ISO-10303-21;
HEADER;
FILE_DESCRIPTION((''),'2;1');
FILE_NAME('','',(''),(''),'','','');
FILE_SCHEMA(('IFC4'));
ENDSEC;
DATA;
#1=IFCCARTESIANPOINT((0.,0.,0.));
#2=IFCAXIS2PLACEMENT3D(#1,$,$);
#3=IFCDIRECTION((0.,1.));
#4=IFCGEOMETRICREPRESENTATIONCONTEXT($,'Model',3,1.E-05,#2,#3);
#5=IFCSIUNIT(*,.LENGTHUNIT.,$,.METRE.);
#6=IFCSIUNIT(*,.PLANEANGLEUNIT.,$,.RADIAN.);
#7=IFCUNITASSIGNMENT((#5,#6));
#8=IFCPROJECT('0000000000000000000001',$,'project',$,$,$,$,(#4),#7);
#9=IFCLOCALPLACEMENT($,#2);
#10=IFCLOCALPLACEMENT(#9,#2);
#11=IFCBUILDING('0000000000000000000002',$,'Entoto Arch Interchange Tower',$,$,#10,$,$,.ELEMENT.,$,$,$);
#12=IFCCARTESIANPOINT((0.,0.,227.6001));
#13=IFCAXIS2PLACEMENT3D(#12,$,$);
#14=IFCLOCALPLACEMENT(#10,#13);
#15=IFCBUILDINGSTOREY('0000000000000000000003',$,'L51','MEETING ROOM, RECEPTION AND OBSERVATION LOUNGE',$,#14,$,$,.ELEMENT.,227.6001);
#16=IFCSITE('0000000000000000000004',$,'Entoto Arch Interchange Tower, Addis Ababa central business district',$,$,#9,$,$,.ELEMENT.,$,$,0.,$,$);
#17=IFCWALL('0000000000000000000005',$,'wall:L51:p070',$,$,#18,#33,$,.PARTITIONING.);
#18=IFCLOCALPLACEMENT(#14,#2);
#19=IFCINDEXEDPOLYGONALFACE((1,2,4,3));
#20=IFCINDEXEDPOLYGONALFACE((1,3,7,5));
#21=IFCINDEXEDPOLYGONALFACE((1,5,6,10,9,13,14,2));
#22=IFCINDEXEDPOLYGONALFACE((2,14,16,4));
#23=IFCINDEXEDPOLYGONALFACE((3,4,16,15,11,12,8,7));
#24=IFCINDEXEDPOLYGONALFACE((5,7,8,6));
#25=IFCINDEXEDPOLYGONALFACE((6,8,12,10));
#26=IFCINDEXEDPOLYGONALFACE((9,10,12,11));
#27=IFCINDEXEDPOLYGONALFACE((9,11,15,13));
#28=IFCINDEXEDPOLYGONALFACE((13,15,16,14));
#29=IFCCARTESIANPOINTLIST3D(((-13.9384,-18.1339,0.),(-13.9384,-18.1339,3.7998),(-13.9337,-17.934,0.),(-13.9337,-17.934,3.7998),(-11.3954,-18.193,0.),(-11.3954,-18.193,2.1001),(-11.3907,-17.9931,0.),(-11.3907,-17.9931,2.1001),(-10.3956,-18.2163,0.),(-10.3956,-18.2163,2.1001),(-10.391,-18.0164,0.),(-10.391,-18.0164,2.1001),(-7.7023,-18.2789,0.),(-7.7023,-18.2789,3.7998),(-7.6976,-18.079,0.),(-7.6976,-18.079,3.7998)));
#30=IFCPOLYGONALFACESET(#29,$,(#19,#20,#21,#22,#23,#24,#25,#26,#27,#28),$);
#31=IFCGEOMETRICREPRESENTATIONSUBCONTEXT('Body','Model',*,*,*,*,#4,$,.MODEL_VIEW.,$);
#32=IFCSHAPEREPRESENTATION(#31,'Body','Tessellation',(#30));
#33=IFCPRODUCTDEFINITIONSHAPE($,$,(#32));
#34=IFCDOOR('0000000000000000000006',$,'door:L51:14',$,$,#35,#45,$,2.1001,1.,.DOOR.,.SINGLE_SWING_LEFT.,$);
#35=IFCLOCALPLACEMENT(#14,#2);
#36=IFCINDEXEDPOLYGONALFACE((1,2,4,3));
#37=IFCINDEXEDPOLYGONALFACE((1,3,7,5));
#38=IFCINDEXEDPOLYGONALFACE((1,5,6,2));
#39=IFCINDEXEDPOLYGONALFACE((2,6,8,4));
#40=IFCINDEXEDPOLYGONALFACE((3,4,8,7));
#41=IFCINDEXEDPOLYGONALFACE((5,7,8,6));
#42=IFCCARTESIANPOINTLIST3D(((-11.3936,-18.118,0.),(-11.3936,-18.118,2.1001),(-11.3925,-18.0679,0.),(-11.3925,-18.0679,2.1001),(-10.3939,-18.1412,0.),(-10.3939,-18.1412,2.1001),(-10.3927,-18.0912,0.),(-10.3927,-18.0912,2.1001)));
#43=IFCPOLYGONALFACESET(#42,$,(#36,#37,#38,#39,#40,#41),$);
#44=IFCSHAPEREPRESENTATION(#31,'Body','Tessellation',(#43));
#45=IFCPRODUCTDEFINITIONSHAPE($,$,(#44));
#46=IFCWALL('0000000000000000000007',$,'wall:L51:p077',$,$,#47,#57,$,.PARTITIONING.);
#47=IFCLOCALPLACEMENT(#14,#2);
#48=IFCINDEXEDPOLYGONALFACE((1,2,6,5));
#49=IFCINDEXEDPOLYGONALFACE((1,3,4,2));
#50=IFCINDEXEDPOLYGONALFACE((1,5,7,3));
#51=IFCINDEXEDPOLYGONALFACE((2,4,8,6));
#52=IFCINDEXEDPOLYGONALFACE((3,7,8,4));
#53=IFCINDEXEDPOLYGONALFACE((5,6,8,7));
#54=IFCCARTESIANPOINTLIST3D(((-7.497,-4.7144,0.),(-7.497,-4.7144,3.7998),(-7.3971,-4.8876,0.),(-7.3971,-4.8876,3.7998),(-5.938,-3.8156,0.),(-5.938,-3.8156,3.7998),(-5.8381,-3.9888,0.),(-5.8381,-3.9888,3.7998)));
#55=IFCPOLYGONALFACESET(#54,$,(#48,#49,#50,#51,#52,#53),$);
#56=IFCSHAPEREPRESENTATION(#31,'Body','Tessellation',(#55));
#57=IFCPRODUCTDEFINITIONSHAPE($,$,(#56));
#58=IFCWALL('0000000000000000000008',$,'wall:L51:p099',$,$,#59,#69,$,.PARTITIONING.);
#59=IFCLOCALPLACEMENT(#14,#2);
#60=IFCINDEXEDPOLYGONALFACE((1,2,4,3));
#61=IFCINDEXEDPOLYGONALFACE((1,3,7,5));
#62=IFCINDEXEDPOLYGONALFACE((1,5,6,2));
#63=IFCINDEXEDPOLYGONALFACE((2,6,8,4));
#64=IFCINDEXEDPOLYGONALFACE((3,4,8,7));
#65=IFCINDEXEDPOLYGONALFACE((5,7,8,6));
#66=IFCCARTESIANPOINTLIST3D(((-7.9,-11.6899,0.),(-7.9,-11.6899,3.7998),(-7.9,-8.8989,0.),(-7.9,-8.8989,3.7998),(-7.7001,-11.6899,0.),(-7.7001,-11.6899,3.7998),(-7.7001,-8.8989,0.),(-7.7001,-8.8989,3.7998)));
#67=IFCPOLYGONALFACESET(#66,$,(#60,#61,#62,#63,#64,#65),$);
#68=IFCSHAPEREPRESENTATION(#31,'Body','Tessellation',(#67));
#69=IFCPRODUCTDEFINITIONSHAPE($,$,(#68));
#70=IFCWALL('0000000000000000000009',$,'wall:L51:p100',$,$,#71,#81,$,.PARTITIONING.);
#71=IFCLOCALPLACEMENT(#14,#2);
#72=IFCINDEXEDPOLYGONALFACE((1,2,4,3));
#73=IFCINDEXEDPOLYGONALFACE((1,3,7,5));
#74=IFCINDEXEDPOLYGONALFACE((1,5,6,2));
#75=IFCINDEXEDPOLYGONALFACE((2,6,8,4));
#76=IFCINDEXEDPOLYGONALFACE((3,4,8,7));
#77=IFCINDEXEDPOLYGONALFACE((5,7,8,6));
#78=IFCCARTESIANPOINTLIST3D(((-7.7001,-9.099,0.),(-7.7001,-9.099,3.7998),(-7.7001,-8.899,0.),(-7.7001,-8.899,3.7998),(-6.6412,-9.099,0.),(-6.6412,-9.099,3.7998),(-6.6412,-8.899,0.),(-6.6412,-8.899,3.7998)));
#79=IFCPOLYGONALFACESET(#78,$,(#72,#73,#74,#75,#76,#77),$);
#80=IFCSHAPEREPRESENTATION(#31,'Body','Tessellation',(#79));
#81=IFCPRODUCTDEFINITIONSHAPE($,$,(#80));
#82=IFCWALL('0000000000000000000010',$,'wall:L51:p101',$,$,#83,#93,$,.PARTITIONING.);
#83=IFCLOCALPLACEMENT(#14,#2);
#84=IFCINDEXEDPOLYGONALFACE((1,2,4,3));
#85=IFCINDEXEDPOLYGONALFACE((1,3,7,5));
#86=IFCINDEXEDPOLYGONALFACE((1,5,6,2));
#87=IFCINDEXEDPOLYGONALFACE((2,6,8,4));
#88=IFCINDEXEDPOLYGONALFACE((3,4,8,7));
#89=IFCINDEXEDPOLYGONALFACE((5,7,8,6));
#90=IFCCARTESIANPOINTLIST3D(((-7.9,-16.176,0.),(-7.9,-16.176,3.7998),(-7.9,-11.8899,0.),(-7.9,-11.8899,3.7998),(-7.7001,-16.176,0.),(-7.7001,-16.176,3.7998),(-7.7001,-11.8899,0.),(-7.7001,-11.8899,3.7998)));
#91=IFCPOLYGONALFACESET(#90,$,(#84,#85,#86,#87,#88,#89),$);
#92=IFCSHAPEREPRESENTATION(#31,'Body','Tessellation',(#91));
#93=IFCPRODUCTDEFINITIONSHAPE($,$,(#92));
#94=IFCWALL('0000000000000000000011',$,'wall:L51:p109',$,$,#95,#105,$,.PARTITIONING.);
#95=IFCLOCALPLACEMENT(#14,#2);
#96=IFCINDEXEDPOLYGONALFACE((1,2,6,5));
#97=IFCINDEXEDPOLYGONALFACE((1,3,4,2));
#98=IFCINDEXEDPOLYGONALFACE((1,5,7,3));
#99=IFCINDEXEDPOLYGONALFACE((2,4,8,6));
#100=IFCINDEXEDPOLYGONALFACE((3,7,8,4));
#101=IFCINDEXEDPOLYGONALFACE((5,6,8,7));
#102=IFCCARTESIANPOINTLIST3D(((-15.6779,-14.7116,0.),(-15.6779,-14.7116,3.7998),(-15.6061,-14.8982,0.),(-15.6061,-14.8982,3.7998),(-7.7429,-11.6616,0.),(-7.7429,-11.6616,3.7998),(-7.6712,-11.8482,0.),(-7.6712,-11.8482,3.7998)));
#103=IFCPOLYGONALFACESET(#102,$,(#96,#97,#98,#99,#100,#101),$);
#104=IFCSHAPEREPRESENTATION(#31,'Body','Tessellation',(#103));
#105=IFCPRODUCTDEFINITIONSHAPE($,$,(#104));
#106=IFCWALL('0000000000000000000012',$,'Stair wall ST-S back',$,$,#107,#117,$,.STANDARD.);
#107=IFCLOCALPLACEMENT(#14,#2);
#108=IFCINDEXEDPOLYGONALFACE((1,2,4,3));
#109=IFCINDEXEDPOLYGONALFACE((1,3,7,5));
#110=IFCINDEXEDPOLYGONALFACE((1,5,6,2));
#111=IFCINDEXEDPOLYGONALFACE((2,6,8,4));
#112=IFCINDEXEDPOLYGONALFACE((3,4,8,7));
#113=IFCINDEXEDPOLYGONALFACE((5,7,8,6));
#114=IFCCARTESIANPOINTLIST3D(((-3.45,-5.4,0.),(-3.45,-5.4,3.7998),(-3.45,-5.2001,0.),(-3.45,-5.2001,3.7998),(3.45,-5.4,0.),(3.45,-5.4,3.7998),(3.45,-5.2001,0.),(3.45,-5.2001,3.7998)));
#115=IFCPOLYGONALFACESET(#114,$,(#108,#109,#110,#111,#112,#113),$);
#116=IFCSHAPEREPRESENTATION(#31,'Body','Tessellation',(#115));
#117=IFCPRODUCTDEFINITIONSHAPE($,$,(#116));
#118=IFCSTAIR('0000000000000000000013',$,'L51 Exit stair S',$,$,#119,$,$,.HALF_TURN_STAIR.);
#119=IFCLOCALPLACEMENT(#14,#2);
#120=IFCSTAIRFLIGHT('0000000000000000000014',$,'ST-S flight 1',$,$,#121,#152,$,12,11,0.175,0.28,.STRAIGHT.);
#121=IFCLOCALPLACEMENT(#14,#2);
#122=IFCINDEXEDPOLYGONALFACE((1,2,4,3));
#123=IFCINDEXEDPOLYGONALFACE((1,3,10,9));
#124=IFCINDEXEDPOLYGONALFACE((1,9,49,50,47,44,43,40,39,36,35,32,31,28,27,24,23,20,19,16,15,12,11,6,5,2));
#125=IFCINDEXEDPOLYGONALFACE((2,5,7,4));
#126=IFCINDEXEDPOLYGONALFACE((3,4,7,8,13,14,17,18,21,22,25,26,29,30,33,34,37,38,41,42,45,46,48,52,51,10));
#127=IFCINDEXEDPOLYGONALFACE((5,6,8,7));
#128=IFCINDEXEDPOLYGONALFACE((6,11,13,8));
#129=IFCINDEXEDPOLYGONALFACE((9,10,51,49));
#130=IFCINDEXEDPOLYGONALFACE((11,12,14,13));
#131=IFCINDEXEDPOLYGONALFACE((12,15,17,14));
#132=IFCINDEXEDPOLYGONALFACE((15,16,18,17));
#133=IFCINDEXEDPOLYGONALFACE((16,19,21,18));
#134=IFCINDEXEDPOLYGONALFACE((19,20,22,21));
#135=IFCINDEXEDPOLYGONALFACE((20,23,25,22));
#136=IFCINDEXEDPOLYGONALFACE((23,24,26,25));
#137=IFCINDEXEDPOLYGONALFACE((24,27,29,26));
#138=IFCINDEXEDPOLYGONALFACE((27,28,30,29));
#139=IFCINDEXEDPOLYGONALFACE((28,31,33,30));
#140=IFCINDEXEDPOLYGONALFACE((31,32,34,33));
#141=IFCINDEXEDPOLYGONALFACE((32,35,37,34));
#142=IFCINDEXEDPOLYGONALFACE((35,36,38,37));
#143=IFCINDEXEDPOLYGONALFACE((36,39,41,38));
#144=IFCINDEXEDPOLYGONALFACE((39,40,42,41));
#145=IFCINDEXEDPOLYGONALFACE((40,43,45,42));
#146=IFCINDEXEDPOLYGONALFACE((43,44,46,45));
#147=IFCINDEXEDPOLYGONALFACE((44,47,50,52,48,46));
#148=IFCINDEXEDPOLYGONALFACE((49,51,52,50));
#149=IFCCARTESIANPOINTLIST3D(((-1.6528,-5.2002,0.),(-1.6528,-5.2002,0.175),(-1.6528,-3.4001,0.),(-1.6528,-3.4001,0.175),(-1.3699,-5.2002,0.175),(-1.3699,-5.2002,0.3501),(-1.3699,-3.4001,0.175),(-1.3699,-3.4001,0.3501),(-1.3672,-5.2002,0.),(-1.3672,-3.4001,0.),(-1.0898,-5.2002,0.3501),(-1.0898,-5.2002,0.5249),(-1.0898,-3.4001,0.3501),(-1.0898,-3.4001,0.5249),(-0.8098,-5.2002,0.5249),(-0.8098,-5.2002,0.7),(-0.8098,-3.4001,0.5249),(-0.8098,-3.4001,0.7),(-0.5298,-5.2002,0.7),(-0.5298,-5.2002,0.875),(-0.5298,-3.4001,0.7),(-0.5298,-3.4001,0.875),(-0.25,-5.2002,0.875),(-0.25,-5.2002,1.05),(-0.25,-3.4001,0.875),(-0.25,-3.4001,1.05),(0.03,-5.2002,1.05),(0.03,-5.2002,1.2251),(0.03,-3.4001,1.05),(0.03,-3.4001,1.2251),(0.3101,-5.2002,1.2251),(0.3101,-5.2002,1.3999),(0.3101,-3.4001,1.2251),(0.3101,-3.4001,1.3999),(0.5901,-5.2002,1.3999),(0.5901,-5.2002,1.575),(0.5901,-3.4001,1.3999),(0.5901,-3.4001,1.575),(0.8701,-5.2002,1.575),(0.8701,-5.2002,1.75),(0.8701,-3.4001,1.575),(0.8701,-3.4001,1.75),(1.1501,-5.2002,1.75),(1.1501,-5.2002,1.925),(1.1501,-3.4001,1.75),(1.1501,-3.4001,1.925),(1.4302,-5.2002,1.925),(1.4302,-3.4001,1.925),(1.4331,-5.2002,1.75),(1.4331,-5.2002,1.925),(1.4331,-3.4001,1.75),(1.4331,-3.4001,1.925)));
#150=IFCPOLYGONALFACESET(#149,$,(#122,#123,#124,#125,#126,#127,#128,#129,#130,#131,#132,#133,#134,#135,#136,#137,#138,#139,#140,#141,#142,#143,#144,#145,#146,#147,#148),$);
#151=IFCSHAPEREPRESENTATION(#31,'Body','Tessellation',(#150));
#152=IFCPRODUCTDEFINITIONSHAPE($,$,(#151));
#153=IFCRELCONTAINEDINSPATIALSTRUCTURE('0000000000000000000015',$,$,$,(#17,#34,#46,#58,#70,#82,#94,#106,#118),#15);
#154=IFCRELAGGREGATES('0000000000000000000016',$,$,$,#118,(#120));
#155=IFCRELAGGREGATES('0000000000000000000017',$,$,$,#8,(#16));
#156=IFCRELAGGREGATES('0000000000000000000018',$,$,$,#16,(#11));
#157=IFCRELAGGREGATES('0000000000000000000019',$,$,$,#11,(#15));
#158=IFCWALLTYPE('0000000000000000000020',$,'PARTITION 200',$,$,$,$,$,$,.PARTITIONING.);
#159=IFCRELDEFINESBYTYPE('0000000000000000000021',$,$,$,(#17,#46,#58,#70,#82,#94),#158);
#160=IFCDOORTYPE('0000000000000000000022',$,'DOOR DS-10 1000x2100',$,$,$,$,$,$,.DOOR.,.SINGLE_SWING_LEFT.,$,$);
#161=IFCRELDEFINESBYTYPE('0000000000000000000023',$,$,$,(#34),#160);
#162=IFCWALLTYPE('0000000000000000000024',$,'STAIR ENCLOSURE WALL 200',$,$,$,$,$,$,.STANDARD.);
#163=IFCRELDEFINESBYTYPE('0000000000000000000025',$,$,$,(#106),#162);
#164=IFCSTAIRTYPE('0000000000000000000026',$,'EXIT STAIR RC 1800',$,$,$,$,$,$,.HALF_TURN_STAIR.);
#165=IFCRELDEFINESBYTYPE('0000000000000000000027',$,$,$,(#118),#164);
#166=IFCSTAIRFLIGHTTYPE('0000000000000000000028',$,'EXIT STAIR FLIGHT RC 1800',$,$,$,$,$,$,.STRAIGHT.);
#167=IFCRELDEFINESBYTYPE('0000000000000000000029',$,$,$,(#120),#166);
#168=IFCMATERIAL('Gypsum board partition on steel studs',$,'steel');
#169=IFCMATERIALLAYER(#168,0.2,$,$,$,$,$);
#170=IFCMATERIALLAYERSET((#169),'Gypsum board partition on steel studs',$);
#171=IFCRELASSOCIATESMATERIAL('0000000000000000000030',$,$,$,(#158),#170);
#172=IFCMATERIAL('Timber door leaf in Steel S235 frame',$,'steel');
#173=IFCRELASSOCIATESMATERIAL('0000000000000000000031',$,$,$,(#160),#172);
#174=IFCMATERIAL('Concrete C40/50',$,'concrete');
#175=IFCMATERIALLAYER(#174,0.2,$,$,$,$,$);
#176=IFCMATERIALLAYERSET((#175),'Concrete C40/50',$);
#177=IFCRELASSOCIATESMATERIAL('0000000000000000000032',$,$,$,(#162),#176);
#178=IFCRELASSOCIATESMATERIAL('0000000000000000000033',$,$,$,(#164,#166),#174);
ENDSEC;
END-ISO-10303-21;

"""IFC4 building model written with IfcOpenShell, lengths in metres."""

from ifc_helpers import new_model, si_unit, direction, frame, frame_2d, origin, place, context, subcontext, project, spatial, polyline, rectangle, outline, extrude, material, layer, layer_set, type_object, element, fill, aggregate, save


model = new_model("IFC4")

# Units and contexts
model_context = context("Model", 3, precision=1e-05, world=origin(), true_north=direction((0.0, 1.0)))
body_context = subcontext(model_context, "Body", "Model", "MODEL_VIEW")
ifc_project = project(units=[si_unit("LENGTHUNIT", "METRE"), si_unit("PLANEANGLEUNIT", "RADIAN")], contexts=[model_context])

# Site, building, storey
site_placement = place(None, origin())
site = spatial("IfcSite", under=ifc_project, at=site_placement, Name="Entoto Arch Interchange Tower, Addis Ababa central business district", CompositionType="ELEMENT", RefElevation=0.0)
building_placement = place(site_placement, origin())
building = spatial("IfcBuilding", under=site, at=building_placement, Name="Entoto Arch Interchange Tower", CompositionType="ELEMENT")
storey_placement = place(building_placement, frame((0.0, 0.0, 227.6001)))
storey = spatial("IfcBuildingStorey", under=building, at=storey_placement, Name="L51", Description="MEETING ROOM, RECEPTION AND OBSERVATION LOUNGE", CompositionType="ELEMENT", Elevation=227.6001)

# Wall, opening, door
ifc_material_1 = material(Name="Gypsum board partition on steel studs", Category="steel")
ifc_layer_1 = layer(ifc_material_1, 0.2)
ifc_layer_set_1 = layer_set([ifc_layer_1], Name="Gypsum board partition on steel studs")
wall_type_1 = type_object("IfcWallType", Name="PARTITION 200", PredefinedType="PARTITIONING", material=ifc_layer_set_1)
wall_1_placement = place(storey_placement, frame((-7.7, -18.179, 0.0), z_axis=(0.0, 0.0, 1.0), x_axis=(-0.99973, 0.023249, 0.0)))
wall_1 = element("IfcWall", 1, at=wall_1_placement, inside=storey, type_object=wall_type_1, Name="wall:L51:p070", PredefinedType="PARTITIONING", context=body_context, shape_type="SweptSolid", body=[
    extrude(rectangle(XDim=6.2378, YDim=0.2, at=frame_2d((3.1189, 0.0))), origin(), (0.0, 0.0, 1.0), 3.7998),
])
opening_placement = place(wall_1_placement, frame((2.6941, 0.0, 0.0)))
opening = element("IfcOpeningElement", 2, at=opening_placement, cuts=wall_1, PredefinedType="OPENING", context=body_context, shape_type="SweptSolid", body=[
    extrude(rectangle(XDim=1.0, YDim=2.1001, at=frame_2d((0.5, 1.05))), frame((0.0, 0.1099, 0.0), z_axis=(0.0, -1.0, 0.0), x_axis=(1.0, 0.0, 0.0)), (0.0, 0.0, 1.0), 0.22),
])
ifc_material_2 = material(Name="Timber door leaf in Steel S235 frame", Category="steel")
door_type = type_object("IfcDoorType", Name="DOOR DS-10 1000x2100", OperationType="SINGLE_SWING_LEFT", PredefinedType="DOOR", material=ifc_material_2)
door_placement = place(opening_placement, origin())
door = element("IfcDoor", 3, at=door_placement, inside=storey, type_object=door_type, Name="door:L51:14", OperationType="SINGLE_SWING_LEFT", OverallHeight=2.1001, OverallWidth=1.0, PredefinedType="DOOR", context=body_context, shape_type="SweptSolid", body=[
    extrude(rectangle(XDim=1.0, YDim=2.1001, at=frame_2d((0.5, 1.05))), frame((0.0, 0.0249, 0.0), z_axis=(0.0, -1.0, 0.0), x_axis=(1.0, 0.0, 0.0)), (0.0, 0.0, 1.0), 0.05),
])
fill(opening, door)

# Walls
wall_2_placement = place(storey_placement, frame((-5.8879, -3.9021, 0.0), z_axis=(0.0, 0.0, 1.0), x_axis=(-0.866317, -0.499495, 0.0)))
element("IfcWall", 4, at=wall_2_placement, inside=storey, type_object=wall_type_1, Name="wall:L51:p077", PredefinedType="PARTITIONING", context=body_context, shape_type="SweptSolid", body=[
    extrude(rectangle(XDim=1.7996, YDim=0.2, at=frame_2d((0.8999, 0.0))), origin(), (0.0, 0.0, 1.0), 3.7998),
])
wall_3_placement = place(storey_placement, frame((-7.8, -11.6899, 0.0), z_axis=(0.0, 0.0, 1.0), x_axis=(0.0, 1.0, 0.0)))
element("IfcWall", 5, at=wall_3_placement, inside=storey, type_object=wall_type_1, Name="wall:L51:p099", PredefinedType="PARTITIONING", context=body_context, shape_type="SweptSolid", body=[
    extrude(rectangle(XDim=2.791, YDim=0.2, at=frame_2d((1.3955, 0.0))), origin(), (0.0, 0.0, 1.0), 3.7998),
])
wall_4_placement = place(storey_placement, frame((-7.7, -8.999, 0.0), z_axis=(0.0, 0.0, 1.0), x_axis=(1.0, 0.0, 0.0)))
element("IfcWall", 6, at=wall_4_placement, inside=storey, type_object=wall_type_1, Name="wall:L51:p100", PredefinedType="PARTITIONING", context=body_context, shape_type="SweptSolid", body=[
    extrude(rectangle(XDim=1.0588, YDim=0.2, at=frame_2d((0.5293, 0.0))), origin(), (0.0, 0.0, 1.0), 3.7998),
])
wall_5_placement = place(storey_placement, frame((-7.8, -16.176, 0.0), z_axis=(0.0, 0.0, 1.0), x_axis=(0.0, 1.0, 0.0)))
element("IfcWall", 7, at=wall_5_placement, inside=storey, type_object=wall_type_1, Name="wall:L51:p101", PredefinedType="PARTITIONING", context=body_context, shape_type="SweptSolid", body=[
    extrude(rectangle(XDim=4.2861, YDim=0.2, at=frame_2d((2.1431, 0.0))), origin(), (0.0, 0.0, 1.0), 3.7998),
])
wall_6_placement = place(storey_placement, frame((-7.707, -11.7549, 0.0), z_axis=(0.0, 0.0, 1.0), x_axis=(-0.93342, -0.358785, 0.0)))
element("IfcWall", 8, at=wall_6_placement, inside=storey, type_object=wall_type_1, Name="wall:L51:p109", PredefinedType="PARTITIONING", context=body_context, shape_type="SweptSolid", body=[
    extrude(rectangle(XDim=8.501, YDim=0.2, at=frame_2d((4.2505, 0.0))), origin(), (0.0, 0.0, 1.0), 3.7998),
])
ifc_material_3 = material(Name="Concrete C40/50", Category="concrete")
ifc_layer_2 = layer(ifc_material_3, 0.2)
ifc_layer_set_2 = layer_set([ifc_layer_2], Name="Concrete C40/50")
wall_type_2 = type_object("IfcWallType", Name="STAIR ENCLOSURE WALL 200", PredefinedType="STANDARD", material=ifc_layer_set_2)
wall_7_placement = place(storey_placement, frame((-3.45, -5.3, 0.0), z_axis=(0.0, 0.0, 1.0), x_axis=(1.0, 0.0, 0.0)))
element("IfcWall", 9, at=wall_7_placement, inside=storey, type_object=wall_type_2, Name="Stair wall ST-S back", PredefinedType="STANDARD", context=body_context, shape_type="SweptSolid", body=[
    extrude(rectangle(XDim=6.8999, YDim=0.2, at=frame_2d((3.45, 0.0))), origin(), (0.0, 0.0, 1.0), 3.7998),
])

# Stair, stair flight
stair_type = type_object("IfcStairType", Name="EXIT STAIR RC 1800", PredefinedType="HALF_TURN_STAIR", material=ifc_material_3)
stair_placement = place(storey_placement, origin())
stair = element("IfcStair", 10, at=stair_placement, inside=storey, type_object=stair_type, Name="L51 Exit stair S", PredefinedType="HALF_TURN_STAIR")
stair_flight_type = type_object("IfcStairFlightType", Name="EXIT STAIR FLIGHT RC 1800", PredefinedType="STRAIGHT", material=ifc_material_3)
stair_flight_placement = place(storey_placement, frame((-1.6499, -4.3, 0.0), z_axis=(0.0, 0.0, 1.0), x_axis=(1.0, 0.0, 0.0)))
stair_flight = element("IfcStairFlight", 11, at=stair_flight_placement, type_object=stair_flight_type, Name="ST-S flight 1", NumberOfRisers=12, NumberOfTreads=11, PredefinedType="STRAIGHT", RiserHeight=0.175, TreadLength=0.28, context=body_context, shape_type="SweptSolid", body=[
    extrude(outline(polyline([(-0.0029, 0.0), (-0.0029, 0.175), (0.28, 0.175), (0.28, 0.3501), (0.5601, 0.3501), (0.5601, 0.5249), (0.8401, 0.5249), (0.8401, 0.7), (1.1201, 0.7), (1.1201, 0.875), (1.3999, 0.875), (1.3999, 1.05), (1.6799, 1.05), (1.6799, 1.2251), (1.96, 1.2251), (1.96, 1.3999), (2.24, 1.3999), (2.24, 1.575), (2.52, 1.575), (2.52, 1.75), (2.8, 1.75), (2.8, 1.925), (3.0801, 1.925), (3.083, 1.925), (3.083, 1.75), (0.2827, 0.0), (-0.0029, 0.0)])), frame((0.0, 0.8999, 0.0), z_axis=(0.0, -1.0, 0.0), x_axis=(1.0, 0.0, 0.0)), (0.0, 0.0, 1.0), 1.8),
])
aggregate(stair, [stair_flight])

save(model, "model.ifc")
